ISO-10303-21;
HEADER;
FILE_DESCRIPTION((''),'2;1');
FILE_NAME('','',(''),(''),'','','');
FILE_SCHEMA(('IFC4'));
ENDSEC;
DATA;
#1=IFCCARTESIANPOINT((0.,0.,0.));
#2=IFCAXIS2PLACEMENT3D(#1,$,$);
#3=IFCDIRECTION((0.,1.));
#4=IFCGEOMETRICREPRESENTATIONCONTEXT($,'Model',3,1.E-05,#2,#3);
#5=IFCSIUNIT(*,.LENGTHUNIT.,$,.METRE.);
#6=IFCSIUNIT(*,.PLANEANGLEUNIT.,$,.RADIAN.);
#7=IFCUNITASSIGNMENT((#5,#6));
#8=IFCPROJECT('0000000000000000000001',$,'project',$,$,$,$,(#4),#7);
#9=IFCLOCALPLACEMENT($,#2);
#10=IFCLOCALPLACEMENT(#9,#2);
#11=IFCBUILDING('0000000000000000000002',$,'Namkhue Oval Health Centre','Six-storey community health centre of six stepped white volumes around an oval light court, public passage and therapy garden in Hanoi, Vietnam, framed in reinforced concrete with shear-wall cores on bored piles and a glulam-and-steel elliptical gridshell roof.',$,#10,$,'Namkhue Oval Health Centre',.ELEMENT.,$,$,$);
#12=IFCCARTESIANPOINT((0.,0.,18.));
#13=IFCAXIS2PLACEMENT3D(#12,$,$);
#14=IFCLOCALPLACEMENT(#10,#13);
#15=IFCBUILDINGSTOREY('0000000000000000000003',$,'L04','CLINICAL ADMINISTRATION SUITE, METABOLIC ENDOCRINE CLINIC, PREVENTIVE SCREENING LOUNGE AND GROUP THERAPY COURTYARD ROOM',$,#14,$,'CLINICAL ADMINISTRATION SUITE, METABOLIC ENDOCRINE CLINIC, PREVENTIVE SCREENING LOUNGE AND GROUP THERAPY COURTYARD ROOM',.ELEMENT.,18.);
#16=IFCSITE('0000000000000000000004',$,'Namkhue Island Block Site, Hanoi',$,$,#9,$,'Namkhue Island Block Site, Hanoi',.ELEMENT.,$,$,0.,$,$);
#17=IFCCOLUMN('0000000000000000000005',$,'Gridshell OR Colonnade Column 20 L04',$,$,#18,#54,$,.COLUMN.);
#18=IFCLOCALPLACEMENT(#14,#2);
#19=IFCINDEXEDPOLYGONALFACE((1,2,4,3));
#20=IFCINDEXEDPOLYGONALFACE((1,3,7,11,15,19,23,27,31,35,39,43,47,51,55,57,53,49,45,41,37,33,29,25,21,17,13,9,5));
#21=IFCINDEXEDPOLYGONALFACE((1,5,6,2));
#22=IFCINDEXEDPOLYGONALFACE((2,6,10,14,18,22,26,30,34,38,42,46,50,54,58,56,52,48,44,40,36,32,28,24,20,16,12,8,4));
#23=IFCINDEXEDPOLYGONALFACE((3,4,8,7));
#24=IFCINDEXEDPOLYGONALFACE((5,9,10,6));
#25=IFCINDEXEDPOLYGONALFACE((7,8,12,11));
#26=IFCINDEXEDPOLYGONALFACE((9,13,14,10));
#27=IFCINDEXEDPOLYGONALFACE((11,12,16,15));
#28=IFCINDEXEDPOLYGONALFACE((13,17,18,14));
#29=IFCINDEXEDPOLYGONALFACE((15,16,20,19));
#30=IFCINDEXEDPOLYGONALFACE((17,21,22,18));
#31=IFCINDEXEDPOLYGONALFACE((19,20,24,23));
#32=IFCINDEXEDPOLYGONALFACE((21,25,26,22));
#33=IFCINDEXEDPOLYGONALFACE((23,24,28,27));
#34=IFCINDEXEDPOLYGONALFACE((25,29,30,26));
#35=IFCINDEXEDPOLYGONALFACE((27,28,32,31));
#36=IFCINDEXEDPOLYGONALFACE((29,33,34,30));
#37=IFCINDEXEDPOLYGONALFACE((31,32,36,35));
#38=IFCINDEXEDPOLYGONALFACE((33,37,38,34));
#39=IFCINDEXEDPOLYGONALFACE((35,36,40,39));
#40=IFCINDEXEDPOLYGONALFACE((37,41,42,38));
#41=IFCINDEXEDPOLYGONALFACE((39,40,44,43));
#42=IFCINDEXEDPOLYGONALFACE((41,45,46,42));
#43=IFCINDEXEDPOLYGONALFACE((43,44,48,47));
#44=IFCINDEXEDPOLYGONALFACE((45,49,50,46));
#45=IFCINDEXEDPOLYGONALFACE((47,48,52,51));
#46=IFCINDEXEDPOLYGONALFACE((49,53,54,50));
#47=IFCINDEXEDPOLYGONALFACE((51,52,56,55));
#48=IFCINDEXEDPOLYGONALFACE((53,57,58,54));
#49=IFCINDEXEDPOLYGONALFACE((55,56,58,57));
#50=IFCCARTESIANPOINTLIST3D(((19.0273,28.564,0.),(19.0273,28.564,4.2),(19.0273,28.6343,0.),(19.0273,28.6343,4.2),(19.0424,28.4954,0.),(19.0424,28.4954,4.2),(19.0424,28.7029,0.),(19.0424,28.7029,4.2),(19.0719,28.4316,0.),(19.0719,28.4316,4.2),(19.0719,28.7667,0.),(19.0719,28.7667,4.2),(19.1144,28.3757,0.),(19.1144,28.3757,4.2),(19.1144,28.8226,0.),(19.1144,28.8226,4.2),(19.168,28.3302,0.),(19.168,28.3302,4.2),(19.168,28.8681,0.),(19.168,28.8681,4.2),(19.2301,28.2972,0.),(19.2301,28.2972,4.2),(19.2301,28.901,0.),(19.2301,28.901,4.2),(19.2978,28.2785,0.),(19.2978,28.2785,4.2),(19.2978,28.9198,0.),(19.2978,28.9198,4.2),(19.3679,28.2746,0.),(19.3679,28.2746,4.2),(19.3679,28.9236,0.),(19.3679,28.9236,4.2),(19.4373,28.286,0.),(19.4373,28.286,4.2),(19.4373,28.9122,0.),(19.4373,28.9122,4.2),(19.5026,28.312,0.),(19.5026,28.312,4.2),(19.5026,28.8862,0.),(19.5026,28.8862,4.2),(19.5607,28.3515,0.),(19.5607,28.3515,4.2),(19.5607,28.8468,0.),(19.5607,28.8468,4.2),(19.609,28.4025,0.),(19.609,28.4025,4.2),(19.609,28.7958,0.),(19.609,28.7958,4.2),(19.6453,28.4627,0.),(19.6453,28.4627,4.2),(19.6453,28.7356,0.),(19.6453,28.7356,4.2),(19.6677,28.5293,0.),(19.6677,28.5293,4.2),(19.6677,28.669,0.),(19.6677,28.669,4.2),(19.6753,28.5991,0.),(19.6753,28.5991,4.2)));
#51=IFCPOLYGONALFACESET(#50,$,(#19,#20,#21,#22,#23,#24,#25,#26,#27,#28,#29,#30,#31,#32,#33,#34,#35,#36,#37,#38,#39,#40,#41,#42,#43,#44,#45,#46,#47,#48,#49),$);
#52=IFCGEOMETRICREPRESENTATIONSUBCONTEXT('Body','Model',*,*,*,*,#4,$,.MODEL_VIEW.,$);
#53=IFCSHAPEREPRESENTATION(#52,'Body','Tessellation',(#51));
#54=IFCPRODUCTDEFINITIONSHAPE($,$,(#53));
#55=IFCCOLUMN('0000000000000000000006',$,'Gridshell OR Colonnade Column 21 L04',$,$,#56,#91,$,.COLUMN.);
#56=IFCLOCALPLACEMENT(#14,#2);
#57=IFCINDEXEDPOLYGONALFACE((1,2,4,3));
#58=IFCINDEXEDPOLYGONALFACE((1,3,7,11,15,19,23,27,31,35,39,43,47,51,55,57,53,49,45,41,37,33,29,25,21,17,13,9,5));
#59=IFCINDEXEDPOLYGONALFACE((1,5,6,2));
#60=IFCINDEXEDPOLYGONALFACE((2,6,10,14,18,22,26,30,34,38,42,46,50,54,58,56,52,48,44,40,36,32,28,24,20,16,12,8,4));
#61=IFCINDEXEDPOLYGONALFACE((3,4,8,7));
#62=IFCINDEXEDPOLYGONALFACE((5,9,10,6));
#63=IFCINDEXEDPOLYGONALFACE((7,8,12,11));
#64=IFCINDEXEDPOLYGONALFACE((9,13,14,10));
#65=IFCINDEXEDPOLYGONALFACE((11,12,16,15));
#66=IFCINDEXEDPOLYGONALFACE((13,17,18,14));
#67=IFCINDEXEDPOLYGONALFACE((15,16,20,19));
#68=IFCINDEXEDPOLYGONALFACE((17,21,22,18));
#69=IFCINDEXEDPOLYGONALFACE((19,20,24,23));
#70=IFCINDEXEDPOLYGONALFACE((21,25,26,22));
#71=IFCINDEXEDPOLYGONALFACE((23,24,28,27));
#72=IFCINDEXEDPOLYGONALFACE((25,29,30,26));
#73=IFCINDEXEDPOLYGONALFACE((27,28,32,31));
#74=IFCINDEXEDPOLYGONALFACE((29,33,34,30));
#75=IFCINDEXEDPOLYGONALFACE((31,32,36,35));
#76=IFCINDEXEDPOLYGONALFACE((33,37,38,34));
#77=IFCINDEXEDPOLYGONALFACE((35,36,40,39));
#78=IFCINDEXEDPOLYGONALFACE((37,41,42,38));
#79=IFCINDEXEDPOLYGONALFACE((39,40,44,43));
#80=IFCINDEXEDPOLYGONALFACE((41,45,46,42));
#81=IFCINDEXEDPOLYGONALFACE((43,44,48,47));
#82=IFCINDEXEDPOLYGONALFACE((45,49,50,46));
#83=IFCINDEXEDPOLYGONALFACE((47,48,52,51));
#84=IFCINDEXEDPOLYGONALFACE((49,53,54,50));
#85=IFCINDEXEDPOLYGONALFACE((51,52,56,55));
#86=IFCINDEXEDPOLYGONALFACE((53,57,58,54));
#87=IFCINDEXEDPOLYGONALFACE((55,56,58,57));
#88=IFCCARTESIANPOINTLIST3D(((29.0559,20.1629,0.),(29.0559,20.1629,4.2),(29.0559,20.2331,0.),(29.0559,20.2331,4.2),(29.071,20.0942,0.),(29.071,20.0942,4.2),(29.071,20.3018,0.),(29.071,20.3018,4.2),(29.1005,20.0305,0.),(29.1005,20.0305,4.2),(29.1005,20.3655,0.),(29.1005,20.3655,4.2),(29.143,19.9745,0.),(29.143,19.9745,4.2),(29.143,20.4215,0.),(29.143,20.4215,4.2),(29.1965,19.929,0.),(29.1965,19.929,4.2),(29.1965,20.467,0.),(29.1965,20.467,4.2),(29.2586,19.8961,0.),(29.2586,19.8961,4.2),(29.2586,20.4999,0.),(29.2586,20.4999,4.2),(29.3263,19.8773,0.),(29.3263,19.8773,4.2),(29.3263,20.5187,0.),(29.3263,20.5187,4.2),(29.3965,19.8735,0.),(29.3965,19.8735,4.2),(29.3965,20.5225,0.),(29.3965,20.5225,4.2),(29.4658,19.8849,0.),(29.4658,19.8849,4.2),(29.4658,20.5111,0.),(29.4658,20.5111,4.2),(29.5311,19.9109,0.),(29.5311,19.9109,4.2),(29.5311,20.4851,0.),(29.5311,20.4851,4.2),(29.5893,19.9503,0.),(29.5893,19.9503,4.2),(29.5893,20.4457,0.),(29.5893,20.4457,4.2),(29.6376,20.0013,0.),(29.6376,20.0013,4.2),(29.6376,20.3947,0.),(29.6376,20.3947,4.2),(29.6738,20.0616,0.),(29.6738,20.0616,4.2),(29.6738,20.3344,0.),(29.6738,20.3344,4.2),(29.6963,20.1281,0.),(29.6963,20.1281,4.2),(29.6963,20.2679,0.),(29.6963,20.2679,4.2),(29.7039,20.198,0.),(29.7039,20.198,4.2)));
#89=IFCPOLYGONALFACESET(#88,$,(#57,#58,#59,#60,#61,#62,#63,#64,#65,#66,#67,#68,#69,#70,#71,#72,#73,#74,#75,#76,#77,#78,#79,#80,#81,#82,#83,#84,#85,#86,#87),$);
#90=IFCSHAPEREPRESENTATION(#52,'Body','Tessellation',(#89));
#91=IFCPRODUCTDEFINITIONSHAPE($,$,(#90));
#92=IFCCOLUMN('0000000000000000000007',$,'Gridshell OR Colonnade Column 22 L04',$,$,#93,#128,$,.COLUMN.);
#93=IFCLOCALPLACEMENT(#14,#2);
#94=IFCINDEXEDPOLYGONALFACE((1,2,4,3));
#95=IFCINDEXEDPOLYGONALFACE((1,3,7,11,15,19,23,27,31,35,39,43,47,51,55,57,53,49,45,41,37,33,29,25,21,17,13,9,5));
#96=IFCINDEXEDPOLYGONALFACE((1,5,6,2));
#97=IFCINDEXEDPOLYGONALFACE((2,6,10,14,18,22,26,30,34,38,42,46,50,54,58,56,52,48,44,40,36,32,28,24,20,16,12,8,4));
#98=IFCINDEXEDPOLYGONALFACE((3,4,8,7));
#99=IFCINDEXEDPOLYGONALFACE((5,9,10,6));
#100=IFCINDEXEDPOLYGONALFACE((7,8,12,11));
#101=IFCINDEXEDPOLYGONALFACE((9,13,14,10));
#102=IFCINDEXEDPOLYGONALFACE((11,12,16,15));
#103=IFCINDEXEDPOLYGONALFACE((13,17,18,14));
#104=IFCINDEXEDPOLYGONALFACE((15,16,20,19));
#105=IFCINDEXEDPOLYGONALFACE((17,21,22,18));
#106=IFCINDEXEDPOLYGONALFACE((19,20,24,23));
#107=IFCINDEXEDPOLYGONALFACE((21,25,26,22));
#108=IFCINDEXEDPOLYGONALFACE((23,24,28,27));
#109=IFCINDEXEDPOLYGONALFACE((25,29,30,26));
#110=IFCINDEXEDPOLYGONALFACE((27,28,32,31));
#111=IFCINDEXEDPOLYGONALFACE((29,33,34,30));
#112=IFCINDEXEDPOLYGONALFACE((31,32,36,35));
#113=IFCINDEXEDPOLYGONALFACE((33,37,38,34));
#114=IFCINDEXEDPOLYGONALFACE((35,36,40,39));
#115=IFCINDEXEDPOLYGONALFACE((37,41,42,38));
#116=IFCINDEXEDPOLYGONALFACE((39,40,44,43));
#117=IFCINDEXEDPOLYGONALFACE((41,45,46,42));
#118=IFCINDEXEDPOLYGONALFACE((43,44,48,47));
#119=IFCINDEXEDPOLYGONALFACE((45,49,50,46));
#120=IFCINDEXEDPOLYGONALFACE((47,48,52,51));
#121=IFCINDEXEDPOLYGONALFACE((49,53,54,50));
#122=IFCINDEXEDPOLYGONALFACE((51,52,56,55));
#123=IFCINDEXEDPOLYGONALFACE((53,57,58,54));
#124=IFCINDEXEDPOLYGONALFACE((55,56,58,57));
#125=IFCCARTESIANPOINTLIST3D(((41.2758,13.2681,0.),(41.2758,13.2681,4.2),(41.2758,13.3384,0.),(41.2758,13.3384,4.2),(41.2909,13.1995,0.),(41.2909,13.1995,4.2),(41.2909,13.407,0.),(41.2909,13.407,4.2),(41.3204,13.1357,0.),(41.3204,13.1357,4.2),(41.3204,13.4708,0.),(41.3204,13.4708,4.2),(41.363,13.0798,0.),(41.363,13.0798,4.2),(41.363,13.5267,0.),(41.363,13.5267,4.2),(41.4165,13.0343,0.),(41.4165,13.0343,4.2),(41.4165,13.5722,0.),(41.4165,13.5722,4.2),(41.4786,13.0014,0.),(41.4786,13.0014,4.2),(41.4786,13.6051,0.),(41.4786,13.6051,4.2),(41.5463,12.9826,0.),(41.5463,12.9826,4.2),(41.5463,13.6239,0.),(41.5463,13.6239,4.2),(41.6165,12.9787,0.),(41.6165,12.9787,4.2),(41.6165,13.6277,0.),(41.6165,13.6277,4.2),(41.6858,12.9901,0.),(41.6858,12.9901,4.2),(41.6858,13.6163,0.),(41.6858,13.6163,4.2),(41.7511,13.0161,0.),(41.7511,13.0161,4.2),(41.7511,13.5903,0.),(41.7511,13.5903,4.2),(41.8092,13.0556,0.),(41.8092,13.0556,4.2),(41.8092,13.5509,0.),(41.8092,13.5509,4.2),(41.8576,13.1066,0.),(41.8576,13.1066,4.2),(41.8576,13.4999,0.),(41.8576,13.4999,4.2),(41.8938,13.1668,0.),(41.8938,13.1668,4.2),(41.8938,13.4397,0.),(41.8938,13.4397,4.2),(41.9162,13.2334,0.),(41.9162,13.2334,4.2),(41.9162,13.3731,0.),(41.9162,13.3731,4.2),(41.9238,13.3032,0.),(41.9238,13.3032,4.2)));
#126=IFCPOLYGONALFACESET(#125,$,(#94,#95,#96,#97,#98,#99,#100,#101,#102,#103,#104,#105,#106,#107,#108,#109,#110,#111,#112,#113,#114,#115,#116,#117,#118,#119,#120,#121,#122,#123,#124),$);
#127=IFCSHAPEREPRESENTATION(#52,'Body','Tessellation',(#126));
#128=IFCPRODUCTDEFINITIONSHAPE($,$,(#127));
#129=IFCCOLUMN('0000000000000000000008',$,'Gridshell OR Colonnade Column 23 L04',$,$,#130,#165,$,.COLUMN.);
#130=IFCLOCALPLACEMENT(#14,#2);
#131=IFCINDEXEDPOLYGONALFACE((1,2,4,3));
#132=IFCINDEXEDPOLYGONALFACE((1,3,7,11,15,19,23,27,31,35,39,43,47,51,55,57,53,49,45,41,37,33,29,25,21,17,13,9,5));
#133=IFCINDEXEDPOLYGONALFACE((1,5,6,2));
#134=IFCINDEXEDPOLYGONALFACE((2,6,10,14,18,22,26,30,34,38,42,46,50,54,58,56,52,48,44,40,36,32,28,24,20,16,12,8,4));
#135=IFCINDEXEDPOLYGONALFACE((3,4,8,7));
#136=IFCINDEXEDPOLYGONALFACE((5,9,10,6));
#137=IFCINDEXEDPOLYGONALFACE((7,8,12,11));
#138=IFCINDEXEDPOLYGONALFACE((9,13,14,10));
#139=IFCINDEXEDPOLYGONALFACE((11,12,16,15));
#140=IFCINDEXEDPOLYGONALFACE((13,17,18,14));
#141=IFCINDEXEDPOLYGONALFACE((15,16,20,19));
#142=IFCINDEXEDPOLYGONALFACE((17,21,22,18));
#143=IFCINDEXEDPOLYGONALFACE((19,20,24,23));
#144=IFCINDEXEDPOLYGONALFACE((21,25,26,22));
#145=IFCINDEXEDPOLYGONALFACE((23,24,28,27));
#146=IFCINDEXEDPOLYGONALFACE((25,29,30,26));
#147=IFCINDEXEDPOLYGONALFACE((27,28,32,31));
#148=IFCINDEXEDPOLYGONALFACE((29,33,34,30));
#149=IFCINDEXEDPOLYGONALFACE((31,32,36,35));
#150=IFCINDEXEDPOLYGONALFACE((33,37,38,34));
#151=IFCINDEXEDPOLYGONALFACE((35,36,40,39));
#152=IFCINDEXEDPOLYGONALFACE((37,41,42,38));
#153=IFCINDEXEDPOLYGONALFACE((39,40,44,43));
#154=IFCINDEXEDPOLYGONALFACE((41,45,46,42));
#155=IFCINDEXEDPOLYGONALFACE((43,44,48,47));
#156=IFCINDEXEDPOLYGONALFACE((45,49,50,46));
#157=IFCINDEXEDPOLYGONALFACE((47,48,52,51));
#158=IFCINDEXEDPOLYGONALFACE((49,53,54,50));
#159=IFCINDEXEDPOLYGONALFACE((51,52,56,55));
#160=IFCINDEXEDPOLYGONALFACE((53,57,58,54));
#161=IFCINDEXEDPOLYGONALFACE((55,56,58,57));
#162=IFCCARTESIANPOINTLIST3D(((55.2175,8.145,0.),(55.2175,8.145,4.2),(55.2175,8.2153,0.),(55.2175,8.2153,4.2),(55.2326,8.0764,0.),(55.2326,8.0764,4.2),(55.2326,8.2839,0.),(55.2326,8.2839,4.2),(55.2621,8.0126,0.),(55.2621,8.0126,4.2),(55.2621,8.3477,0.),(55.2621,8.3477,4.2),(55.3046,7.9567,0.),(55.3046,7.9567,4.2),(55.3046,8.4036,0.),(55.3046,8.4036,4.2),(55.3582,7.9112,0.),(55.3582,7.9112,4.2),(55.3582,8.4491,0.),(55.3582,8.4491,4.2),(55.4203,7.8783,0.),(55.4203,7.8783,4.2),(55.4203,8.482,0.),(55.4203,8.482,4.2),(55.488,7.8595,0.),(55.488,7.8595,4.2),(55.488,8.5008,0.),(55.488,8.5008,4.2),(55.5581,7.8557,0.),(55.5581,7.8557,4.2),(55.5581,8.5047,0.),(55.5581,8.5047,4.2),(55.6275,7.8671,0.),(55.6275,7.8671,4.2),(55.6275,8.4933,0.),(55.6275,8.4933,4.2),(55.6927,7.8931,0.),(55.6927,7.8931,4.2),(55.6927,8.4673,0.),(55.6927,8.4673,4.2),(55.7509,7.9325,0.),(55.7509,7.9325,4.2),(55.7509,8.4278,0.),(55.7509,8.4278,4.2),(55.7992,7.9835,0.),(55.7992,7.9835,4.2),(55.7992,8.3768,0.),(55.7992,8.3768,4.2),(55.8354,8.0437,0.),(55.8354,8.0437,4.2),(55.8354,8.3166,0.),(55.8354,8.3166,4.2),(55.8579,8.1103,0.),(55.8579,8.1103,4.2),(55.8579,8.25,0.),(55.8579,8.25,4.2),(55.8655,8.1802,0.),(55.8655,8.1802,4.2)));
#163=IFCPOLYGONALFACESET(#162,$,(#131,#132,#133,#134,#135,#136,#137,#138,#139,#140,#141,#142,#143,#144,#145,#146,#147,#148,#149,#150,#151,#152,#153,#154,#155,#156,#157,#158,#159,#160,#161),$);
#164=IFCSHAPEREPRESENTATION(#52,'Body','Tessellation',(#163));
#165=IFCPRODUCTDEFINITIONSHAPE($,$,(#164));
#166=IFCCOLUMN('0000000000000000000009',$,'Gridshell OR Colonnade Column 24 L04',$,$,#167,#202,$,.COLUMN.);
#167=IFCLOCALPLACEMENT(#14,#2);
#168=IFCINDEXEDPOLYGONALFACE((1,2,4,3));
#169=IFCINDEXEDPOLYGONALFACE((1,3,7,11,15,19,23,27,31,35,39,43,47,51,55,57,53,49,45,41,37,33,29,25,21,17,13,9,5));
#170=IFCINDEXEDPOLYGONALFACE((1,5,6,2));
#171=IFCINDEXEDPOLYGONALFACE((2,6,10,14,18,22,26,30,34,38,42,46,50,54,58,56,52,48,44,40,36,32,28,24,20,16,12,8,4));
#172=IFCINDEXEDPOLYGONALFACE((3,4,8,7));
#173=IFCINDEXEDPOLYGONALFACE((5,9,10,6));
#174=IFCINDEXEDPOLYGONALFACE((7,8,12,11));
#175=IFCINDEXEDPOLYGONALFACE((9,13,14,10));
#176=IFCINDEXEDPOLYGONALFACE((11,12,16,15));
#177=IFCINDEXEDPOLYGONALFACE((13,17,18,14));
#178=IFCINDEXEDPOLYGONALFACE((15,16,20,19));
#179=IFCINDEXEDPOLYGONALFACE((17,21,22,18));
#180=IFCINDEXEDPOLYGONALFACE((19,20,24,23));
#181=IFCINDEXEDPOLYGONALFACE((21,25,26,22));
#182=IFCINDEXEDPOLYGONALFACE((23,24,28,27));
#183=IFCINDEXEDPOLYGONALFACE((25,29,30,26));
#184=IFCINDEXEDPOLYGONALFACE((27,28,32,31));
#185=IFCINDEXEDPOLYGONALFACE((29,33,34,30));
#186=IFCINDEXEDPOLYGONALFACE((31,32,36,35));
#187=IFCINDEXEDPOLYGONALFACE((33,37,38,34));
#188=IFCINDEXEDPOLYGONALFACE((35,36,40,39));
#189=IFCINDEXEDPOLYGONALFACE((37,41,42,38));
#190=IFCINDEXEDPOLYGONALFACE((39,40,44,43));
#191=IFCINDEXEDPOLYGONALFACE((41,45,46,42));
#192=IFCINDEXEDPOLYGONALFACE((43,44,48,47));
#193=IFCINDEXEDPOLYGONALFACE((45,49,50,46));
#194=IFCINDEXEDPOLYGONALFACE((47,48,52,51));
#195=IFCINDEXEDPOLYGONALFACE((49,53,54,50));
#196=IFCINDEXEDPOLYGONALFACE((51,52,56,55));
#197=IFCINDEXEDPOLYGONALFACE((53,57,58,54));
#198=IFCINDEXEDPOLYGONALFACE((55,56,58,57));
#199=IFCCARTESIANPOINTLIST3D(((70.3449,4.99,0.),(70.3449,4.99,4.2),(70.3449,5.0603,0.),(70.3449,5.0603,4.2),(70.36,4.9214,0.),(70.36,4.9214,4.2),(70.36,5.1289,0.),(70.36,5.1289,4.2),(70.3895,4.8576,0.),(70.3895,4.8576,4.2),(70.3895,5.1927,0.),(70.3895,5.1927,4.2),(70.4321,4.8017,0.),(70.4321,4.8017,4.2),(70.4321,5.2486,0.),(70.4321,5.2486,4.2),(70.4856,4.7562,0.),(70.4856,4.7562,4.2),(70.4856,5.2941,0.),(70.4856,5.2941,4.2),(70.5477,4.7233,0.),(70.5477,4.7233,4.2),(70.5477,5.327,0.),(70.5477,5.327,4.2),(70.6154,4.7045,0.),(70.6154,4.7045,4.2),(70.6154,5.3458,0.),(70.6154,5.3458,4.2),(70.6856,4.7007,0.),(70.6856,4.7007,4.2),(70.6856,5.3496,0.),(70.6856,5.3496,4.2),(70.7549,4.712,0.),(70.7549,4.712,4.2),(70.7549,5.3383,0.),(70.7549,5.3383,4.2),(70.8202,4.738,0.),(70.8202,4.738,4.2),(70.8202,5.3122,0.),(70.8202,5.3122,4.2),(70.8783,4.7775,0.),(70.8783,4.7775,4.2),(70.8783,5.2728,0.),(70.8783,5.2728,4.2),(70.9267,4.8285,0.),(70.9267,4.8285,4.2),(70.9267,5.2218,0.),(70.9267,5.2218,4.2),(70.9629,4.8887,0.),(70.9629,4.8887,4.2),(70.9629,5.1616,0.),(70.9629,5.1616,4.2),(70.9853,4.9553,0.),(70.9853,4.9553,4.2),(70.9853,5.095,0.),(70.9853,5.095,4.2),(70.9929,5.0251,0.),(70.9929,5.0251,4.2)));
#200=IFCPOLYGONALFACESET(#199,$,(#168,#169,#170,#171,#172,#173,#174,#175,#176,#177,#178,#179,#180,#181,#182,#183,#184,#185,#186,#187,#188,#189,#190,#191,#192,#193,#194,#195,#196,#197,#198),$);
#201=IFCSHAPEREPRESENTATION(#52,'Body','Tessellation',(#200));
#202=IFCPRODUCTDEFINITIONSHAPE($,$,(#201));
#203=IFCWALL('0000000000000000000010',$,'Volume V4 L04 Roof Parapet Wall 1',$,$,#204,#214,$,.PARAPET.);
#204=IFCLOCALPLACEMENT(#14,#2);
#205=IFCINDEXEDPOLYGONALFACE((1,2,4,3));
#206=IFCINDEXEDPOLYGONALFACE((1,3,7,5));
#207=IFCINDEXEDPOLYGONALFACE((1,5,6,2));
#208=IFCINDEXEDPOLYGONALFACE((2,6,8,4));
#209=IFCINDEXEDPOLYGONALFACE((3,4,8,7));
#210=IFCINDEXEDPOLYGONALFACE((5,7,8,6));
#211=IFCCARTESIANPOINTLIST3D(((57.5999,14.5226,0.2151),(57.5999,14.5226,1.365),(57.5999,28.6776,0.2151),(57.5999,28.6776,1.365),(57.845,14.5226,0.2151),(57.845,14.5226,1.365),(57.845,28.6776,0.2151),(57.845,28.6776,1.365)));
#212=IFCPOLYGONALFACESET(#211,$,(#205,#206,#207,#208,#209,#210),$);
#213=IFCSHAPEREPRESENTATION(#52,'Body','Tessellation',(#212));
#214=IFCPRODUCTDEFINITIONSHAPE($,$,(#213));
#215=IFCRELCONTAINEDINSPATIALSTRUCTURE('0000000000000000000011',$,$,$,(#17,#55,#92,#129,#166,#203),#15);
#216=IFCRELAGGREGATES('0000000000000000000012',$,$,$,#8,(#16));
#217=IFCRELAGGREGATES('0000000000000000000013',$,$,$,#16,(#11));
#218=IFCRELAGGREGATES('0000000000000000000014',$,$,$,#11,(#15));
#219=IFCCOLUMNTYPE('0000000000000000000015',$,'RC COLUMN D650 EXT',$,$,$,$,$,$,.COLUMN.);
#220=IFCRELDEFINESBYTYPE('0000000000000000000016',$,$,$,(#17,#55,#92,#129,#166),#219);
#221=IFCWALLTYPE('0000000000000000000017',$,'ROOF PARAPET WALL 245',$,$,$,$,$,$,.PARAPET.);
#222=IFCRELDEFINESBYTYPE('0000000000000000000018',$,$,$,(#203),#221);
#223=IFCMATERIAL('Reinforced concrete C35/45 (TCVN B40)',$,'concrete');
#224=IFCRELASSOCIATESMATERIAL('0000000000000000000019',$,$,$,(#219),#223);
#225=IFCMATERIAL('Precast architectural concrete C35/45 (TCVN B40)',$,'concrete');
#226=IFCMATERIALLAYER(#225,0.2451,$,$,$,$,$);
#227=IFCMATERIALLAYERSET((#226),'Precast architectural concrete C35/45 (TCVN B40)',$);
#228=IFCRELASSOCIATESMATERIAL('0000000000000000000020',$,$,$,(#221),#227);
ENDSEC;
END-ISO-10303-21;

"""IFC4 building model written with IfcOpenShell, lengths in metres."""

from ifc_helpers import new_model, si_unit, direction, frame, frame_2d, origin, origin_2d, place, context, subcontext, project, spatial, rectangle, circle, extrude, material, layer, layer_set, material_profile, profile_set, type_object, element, save


model = new_model("IFC4")

# Units and contexts
model_context = context("Model", 3, precision=1e-05, world=origin(), true_north=direction((0.0, 1.0)))
body_context = subcontext(model_context, "Body", "Model", "MODEL_VIEW")
ifc_project = project(units=[si_unit("LENGTHUNIT", "METRE"), si_unit("PLANEANGLEUNIT", "RADIAN")], contexts=[model_context])

# Site, building, storey
site_placement = place(None, origin())
site = spatial("IfcSite", under=ifc_project, at=site_placement, Name="Namkhue Island Block Site, Hanoi", LongName="Namkhue Island Block Site, Hanoi", CompositionType="ELEMENT", RefElevation=0.0)
building_placement = place(site_placement, origin())
building = spatial("IfcBuilding", under=site, at=building_placement, Name="Namkhue Oval Health Centre", Description="Six-storey community health centre of six stepped white volumes around an oval light court, public passage and therapy garden in Hanoi, Vietnam, framed in reinforced concrete with shear-wall cores on bored piles and a glulam-and-steel elliptical gridshell roof.", LongName="Namkhue Oval Health Centre", CompositionType="ELEMENT")
storey_placement = place(building_placement, frame((0.0, 0.0, 18.0)))
storey = spatial("IfcBuildingStorey", under=building, at=storey_placement, Name="L04", Description="CLINICAL ADMINISTRATION SUITE, METABOLIC ENDOCRINE CLINIC, PREVENTIVE SCREENING LOUNGE AND GROUP THERAPY COURTYARD ROOM", LongName="CLINICAL ADMINISTRATION SUITE, METABOLIC ENDOCRINE CLINIC, PREVENTIVE SCREENING LOUNGE AND GROUP THERAPY COURTYARD ROOM", CompositionType="ELEMENT", Elevation=18.0)

# Columns
ifc_material_1 = material(Name="Reinforced concrete C35/45 (TCVN B40)", Category="concrete")
ifc_material_profile = material_profile(ifc_material_1, circle(Radius=0.325, at=origin_2d()), Name="RC D650")
ifc_profile_set = profile_set([ifc_material_profile], Name="Reinforced concrete C35/45 (TCVN B40)")
column_type = type_object("IfcColumnType", Name="RC COLUMN D650 EXT", PredefinedType="COLUMN", material=ifc_profile_set)
for number, where, z_axis, x_axis, name in (
    (1, (19.3503, 28.5991, 0.0), (0.0, 0.0, 1.0), (1.0, 0.0, 0.0), "Gridshell OR Colonnade Column 20 L04"),
    (2, (29.3789, 20.198, 0.0), (0.0, 0.0, 1.0), (1.0, 0.0, 0.0), "Gridshell OR Colonnade Column 21 L04"),
    (3, (41.5989, 13.3032, 0.0), (0.0, 0.0, 1.0), (1.0, 0.0, 0.0), "Gridshell OR Colonnade Column 22 L04"),
    (4, (55.5405, 8.1802, 0.0), (0.0, 0.0, 1.0), (1.0, 0.0, 0.0), "Gridshell OR Colonnade Column 23 L04"),
    (5, (70.668, 5.0251, 0.0), (0.0, 0.0, 1.0), (1.0, 0.0, 0.0), "Gridshell OR Colonnade Column 24 L04"),
):
    element("IfcColumn", number, at=place(storey_placement, frame(where, z_axis=z_axis, x_axis=x_axis)), inside=storey, type_object=column_type, Name=name, PredefinedType="COLUMN", context=body_context, shape_type="SweptSolid", body=[
        extrude(circle(Radius=0.325, at=origin_2d()), origin(), (0.0, 0.0, 1.0), 4.2),
    ])

# Wall
ifc_material_2 = material(Name="Precast architectural concrete C35/45 (TCVN B40)", Category="concrete")
ifc_layer_1 = layer(ifc_material_2, 0.2451)
ifc_layer_set_1 = layer_set([ifc_layer_1], Name="Precast architectural concrete C35/45 (TCVN B40)")
wall_type = type_object("IfcWallType", Name="ROOF PARAPET WALL 245", PredefinedType="PARAPET", material=ifc_layer_set_1)
wall_1_placement = place(storey_placement, frame((57.7224, 14.5225, 0.2151), z_axis=(0.0, 0.0, 1.0), x_axis=(0.0, 1.0, 0.0)))
element("IfcWall", 6, at=wall_1_placement, inside=storey, type_object=wall_type, Name="Volume V4 L04 Roof Parapet Wall 1", PredefinedType="PARAPET", context=body_context, shape_type="SweptSolid", body=[
    extrude(rectangle(XDim=14.155, YDim=0.2451, at=frame_2d((7.0776, 0.0))), origin(), (0.0, 0.0, 1.0), 1.1499),
])

save(model, "model.ifc")
